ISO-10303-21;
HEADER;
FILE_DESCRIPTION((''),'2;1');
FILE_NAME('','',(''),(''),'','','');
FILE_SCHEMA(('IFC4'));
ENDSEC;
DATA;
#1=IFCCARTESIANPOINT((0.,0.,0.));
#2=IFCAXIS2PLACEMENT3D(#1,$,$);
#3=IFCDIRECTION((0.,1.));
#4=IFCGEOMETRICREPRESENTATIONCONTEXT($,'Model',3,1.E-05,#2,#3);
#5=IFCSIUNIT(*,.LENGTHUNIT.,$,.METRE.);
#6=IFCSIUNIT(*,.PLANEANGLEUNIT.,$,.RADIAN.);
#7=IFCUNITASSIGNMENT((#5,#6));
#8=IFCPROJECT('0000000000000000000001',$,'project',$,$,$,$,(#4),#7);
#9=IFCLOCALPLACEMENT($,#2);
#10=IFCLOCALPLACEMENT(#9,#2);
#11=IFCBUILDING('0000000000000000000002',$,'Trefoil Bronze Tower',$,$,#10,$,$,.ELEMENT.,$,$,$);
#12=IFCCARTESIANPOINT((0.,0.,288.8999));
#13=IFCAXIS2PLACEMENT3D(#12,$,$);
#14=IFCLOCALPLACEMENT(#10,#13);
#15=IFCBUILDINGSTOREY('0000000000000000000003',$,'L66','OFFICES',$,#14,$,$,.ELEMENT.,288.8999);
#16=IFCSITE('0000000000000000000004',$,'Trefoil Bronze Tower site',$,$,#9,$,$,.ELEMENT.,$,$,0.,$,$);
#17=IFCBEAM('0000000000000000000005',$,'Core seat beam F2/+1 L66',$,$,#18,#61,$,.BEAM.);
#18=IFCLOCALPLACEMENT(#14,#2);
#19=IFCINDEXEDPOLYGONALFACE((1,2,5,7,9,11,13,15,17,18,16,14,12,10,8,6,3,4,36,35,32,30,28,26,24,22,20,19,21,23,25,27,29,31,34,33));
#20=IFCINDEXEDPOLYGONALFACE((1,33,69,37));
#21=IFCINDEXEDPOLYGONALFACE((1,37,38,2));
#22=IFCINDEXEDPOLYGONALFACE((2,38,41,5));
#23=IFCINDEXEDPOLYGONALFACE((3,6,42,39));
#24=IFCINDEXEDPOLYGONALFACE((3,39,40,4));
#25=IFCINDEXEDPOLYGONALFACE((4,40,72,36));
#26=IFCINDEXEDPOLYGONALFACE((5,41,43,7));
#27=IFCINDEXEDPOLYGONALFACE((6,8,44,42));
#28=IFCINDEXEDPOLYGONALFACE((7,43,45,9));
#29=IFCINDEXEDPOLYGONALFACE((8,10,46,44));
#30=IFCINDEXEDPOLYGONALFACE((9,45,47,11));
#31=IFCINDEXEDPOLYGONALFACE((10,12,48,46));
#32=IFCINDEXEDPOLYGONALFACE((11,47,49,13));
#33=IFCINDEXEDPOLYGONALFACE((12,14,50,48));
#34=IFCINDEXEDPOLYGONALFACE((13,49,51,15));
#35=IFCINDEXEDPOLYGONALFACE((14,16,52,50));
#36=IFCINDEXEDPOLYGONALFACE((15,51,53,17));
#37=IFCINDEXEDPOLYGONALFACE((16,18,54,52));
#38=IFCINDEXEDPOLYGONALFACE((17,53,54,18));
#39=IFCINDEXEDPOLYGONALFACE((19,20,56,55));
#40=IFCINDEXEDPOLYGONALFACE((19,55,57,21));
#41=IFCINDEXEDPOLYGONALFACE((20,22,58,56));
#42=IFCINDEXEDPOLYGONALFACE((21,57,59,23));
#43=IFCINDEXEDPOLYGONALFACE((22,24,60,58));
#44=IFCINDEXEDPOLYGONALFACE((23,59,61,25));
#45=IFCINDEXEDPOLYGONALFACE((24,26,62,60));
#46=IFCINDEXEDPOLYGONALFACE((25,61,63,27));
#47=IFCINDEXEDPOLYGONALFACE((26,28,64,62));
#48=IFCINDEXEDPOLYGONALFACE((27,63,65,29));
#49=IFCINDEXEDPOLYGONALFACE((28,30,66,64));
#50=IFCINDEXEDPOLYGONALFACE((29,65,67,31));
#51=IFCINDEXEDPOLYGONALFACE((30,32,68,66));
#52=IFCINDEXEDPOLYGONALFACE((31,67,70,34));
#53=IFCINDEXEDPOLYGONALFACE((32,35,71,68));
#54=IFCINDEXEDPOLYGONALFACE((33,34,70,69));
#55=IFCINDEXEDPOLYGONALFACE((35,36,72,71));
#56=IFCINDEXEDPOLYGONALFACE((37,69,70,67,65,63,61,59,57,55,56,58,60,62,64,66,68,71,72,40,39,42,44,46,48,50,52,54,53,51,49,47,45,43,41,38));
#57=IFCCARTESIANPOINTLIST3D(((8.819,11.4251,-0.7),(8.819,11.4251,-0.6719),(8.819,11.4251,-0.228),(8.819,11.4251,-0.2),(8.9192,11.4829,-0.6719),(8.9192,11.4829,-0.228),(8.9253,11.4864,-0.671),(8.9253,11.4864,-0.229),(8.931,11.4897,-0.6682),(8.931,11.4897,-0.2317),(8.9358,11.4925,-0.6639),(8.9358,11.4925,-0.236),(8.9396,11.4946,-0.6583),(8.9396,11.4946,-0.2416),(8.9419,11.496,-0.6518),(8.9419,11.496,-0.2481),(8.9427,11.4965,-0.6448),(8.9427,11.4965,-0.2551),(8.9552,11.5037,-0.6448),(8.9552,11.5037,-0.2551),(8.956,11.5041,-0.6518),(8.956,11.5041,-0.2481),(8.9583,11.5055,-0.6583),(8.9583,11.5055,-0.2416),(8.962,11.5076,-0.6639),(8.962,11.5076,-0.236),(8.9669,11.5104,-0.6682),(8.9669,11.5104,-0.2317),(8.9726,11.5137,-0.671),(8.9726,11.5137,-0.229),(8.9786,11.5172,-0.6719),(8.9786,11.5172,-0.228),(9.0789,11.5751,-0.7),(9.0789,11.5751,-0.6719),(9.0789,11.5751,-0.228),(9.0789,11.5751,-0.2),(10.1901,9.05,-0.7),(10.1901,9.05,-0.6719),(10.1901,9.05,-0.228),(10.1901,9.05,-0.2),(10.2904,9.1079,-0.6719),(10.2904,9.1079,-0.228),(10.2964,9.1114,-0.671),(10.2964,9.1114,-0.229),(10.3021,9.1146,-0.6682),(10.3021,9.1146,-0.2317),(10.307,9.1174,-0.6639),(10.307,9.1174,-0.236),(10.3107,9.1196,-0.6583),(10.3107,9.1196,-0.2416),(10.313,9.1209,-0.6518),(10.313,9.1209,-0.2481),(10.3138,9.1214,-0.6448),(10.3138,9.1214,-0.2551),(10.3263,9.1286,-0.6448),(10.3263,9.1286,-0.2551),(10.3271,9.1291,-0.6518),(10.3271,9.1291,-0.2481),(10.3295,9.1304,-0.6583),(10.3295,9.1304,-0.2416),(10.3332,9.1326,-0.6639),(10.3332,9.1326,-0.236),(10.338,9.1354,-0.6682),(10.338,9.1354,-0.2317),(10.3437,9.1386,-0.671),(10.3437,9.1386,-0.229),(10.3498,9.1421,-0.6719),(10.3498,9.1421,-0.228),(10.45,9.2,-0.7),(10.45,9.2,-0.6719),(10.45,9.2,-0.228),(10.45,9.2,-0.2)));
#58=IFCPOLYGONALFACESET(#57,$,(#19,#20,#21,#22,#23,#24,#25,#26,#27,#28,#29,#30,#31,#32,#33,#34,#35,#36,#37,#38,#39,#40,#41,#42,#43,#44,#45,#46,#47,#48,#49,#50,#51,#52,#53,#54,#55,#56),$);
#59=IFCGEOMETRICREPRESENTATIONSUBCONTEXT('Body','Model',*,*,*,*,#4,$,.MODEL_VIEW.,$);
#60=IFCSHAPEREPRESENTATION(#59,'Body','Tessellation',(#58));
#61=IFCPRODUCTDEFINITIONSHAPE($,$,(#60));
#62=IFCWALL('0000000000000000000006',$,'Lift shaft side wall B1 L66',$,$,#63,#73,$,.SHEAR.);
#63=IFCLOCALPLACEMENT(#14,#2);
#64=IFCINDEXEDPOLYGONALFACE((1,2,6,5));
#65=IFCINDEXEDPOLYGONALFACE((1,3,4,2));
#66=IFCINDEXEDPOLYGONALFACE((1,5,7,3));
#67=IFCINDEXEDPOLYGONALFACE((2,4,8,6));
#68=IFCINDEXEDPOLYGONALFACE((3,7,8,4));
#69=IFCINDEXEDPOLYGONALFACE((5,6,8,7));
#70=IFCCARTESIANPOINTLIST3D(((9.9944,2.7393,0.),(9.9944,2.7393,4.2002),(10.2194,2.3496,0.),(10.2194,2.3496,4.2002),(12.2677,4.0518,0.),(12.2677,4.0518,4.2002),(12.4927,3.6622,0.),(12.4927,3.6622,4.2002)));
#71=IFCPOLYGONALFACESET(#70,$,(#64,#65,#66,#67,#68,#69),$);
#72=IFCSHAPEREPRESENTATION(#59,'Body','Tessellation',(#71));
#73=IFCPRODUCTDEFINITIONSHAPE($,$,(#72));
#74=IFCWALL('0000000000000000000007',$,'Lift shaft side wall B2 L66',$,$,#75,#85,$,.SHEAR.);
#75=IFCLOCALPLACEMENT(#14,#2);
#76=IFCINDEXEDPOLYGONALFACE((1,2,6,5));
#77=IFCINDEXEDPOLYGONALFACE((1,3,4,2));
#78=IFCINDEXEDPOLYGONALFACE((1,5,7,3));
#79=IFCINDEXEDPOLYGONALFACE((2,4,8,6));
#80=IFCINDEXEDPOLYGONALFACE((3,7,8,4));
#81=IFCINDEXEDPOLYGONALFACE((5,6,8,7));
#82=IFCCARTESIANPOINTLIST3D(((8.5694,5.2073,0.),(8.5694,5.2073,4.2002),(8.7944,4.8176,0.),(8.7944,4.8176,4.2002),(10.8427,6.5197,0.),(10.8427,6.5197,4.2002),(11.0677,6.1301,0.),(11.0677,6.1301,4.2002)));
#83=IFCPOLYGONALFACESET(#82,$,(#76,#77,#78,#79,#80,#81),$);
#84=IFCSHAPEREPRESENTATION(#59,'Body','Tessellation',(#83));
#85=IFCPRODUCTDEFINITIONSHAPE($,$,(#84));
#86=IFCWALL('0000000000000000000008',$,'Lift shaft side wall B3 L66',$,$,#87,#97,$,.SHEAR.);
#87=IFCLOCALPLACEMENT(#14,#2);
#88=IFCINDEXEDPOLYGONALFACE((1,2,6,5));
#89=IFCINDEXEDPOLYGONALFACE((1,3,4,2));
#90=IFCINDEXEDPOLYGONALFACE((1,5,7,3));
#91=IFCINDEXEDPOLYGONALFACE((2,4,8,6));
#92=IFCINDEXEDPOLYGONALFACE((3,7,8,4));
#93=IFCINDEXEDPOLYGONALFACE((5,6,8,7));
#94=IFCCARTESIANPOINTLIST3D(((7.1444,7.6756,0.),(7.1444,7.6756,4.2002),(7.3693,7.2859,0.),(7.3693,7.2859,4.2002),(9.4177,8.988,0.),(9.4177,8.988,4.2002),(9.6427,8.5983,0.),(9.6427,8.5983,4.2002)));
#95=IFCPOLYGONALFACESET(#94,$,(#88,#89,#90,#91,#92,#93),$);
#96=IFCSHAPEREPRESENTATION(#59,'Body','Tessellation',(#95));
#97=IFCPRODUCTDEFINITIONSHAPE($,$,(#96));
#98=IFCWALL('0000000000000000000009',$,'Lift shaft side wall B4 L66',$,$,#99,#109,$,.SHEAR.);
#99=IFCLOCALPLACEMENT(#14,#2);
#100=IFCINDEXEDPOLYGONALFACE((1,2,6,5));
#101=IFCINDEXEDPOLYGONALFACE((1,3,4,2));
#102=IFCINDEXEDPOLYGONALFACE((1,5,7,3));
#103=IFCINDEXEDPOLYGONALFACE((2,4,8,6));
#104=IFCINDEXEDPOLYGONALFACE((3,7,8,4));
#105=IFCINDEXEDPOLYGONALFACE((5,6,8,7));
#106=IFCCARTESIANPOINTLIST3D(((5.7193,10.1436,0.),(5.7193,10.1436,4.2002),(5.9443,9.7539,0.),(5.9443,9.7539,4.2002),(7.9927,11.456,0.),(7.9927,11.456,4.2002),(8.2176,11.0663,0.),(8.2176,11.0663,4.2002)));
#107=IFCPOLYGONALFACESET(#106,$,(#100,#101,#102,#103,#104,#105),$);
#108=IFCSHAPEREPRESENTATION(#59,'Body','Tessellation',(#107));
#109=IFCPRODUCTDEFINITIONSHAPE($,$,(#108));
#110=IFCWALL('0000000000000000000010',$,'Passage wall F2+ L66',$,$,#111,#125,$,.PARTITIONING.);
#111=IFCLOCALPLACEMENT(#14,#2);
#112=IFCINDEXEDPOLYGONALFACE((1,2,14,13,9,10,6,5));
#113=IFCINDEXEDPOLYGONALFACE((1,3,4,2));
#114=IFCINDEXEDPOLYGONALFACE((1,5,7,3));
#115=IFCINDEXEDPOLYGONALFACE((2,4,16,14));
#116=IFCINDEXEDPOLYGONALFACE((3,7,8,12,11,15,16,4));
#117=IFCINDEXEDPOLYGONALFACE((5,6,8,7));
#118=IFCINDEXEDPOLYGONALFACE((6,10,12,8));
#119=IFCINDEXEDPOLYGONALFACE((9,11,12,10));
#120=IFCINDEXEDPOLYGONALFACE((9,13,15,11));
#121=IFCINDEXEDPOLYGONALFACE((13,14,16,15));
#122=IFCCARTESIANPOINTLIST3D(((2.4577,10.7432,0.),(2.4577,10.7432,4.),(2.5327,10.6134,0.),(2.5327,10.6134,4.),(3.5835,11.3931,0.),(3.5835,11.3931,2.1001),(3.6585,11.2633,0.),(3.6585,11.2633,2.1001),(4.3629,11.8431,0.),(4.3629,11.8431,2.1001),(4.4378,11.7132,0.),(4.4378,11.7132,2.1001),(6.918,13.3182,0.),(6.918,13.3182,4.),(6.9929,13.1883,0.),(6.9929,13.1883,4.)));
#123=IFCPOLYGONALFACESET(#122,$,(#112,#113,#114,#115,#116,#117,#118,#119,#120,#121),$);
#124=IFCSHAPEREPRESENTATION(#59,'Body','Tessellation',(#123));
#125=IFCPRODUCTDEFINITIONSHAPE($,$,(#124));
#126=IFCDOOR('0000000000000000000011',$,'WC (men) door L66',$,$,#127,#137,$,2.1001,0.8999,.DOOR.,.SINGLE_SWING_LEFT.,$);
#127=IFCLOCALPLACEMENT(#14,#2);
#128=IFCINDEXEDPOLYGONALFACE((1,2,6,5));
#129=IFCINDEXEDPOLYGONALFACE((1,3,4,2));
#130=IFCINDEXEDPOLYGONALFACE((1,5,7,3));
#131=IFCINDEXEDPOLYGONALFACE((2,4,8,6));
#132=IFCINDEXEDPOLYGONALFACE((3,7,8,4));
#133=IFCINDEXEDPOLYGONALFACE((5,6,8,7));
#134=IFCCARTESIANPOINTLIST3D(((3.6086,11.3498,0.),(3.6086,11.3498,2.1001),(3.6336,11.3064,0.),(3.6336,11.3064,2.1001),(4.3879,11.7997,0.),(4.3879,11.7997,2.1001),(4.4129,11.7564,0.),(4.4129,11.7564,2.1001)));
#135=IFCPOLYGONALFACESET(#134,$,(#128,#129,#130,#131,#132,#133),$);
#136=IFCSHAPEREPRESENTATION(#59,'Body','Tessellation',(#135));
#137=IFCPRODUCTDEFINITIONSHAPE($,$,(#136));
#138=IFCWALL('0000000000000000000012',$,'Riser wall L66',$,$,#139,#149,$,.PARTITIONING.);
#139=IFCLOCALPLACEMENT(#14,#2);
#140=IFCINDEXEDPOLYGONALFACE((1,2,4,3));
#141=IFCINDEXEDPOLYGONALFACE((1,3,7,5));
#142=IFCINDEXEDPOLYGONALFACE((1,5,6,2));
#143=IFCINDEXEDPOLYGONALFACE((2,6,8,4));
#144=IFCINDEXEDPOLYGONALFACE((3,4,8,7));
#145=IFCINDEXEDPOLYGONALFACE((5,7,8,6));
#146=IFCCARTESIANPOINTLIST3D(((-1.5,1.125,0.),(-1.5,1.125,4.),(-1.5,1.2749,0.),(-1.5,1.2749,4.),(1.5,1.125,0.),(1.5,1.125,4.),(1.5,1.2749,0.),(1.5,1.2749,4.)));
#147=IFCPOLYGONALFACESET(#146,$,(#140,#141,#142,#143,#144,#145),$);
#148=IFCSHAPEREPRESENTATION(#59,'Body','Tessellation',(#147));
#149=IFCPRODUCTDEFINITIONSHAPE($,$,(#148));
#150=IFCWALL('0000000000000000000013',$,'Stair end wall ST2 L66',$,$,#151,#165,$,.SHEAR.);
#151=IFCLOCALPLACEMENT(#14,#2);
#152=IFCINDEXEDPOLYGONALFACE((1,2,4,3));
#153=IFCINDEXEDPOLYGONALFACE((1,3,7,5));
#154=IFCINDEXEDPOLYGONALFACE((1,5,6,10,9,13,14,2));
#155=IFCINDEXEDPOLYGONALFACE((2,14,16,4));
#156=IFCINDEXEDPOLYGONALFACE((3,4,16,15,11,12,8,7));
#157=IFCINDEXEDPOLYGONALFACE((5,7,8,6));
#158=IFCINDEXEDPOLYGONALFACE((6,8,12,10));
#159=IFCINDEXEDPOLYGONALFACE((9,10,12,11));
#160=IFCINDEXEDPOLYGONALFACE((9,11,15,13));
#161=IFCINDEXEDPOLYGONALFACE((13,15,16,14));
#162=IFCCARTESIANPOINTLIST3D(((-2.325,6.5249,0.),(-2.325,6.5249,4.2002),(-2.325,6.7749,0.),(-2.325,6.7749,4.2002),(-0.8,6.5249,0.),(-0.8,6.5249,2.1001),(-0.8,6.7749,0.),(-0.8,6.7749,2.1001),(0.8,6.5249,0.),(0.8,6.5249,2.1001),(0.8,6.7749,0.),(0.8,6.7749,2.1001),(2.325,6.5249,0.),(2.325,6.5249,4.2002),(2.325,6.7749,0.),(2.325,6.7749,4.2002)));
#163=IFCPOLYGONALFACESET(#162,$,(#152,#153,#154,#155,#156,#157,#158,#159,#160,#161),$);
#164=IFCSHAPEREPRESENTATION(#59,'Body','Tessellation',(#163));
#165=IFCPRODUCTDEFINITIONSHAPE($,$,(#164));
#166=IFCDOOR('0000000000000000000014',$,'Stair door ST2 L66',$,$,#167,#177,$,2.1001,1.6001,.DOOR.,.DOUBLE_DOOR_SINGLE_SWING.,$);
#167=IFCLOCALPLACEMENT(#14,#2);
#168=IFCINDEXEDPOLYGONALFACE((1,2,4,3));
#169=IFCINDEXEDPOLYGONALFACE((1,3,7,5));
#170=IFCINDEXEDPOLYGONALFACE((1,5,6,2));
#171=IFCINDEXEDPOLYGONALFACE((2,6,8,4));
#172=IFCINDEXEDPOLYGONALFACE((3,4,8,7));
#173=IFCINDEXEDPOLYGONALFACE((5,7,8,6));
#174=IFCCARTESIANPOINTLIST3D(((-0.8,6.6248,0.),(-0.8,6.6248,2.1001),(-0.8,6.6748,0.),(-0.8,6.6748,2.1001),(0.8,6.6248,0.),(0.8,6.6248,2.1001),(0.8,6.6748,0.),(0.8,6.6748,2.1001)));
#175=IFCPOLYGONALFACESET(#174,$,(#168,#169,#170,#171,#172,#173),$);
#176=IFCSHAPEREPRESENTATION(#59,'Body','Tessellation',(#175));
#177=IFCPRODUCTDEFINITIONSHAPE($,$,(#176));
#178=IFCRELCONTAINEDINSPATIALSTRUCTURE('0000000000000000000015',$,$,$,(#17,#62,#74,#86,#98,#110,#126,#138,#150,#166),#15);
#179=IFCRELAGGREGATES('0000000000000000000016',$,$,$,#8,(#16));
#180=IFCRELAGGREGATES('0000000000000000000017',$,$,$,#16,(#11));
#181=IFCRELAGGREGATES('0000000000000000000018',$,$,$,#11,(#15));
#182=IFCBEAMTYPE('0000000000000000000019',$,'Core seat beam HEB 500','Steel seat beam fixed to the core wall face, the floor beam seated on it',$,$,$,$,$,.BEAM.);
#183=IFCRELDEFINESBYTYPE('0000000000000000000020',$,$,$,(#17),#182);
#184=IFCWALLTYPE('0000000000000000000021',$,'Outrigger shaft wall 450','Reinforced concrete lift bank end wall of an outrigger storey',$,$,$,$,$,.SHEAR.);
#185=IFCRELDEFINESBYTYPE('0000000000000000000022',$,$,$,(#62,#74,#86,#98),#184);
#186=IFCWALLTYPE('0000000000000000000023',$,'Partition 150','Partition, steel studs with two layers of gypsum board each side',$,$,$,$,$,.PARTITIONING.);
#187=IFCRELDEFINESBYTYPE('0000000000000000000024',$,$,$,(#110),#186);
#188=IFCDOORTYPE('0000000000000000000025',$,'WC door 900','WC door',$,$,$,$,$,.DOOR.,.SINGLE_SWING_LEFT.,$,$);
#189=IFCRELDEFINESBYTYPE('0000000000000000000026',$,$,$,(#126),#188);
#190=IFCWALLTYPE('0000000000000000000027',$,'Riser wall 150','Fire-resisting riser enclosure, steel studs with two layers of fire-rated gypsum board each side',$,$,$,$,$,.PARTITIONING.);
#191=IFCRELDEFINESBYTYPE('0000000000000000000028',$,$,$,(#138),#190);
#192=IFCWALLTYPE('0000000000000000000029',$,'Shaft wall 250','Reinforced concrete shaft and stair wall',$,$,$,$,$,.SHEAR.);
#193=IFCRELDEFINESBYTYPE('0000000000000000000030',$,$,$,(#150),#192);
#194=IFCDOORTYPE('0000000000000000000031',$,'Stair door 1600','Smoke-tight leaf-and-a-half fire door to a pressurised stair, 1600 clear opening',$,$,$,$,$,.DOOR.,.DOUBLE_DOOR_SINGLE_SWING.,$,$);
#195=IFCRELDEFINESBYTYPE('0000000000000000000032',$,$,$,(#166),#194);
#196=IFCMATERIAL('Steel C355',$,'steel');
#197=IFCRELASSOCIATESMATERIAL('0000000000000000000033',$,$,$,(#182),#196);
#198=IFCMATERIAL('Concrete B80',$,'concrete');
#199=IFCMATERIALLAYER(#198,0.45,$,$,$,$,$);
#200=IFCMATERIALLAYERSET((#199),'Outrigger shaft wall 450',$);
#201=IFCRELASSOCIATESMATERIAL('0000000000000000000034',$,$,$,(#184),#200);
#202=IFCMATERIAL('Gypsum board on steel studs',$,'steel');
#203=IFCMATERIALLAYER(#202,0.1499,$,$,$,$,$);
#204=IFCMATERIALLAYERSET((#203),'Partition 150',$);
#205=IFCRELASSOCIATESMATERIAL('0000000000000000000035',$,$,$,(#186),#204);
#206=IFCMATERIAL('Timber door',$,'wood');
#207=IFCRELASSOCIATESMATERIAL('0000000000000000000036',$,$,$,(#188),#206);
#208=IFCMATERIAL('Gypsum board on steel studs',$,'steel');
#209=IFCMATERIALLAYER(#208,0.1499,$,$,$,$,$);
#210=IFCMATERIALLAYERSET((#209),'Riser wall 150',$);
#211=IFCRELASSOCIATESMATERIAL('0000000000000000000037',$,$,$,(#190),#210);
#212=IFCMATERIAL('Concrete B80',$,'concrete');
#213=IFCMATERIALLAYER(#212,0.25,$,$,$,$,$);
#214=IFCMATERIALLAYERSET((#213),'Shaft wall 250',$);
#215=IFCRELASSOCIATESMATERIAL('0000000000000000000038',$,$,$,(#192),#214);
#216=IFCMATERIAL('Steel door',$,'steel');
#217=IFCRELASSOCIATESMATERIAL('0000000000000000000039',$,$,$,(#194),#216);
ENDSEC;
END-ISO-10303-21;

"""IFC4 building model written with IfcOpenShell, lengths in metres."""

from ifc_helpers import new_model, si_unit, direction, frame, frame_2d, origin, origin_2d, place, context, subcontext, project, spatial, rectangle, i_section, extrude, material, layer, layer_set, material_profile, profile_set, type_object, element, fill, save


model = new_model("IFC4")

# Units and contexts
model_context = context("Model", 3, precision=1e-05, world=origin(), true_north=direction((0.0, 1.0)))
body_context = subcontext(model_context, "Body", "Model", "MODEL_VIEW")
ifc_project = project(units=[si_unit("LENGTHUNIT", "METRE"), si_unit("PLANEANGLEUNIT", "RADIAN")], contexts=[model_context])

# Site, building, storey
site_placement = place(None, origin())
site = spatial("IfcSite", under=ifc_project, at=site_placement, Name="Trefoil Bronze Tower site", CompositionType="ELEMENT", RefElevation=0.0)
building_placement = place(site_placement, origin())
building = spatial("IfcBuilding", under=site, at=building_placement, Name="Trefoil Bronze Tower", CompositionType="ELEMENT")
storey_placement = place(building_placement, frame((0.0, 0.0, 288.8999)))
storey = spatial("IfcBuildingStorey", under=building, at=storey_placement, Name="L66", Description="OFFICES", CompositionType="ELEMENT", Elevation=288.8999)

# Beam
ifc_material_1 = material(Name="Steel C355", Category="steel")
ifc_material_profile = material_profile(ifc_material_1, i_section(OverallWidth=0.3, OverallDepth=0.5, WebThickness=0.0144, FlangeThickness=0.0281, FilletRadius=0.0271, at=origin_2d()), Name="HEB 500")
ifc_profile_set = profile_set([ifc_material_profile], Name="Steel C355")
beam_type = type_object("IfcBeamType", Name="Core seat beam HEB 500", Description="Steel seat beam fixed to the core wall face, the floor beam seated on it", PredefinedType="BEAM", material=ifc_profile_set)
beam_placement = place(storey_placement, frame((10.3201, 9.125, -0.45), z_axis=(-0.499969, 0.866043, 0.0), x_axis=(-0.866043, -0.499969, 0.0)))
element("IfcBeam", 1, at=beam_placement, inside=storey, type_object=beam_type, Name="Core seat beam F2/+1 L66", PredefinedType="BEAM", context=body_context, shape_type="SweptSolid", body=[
    extrude(i_section(OverallWidth=0.3, OverallDepth=0.5, WebThickness=0.0144, FlangeThickness=0.0281, FilletRadius=0.0271, at=origin_2d()), origin(), (0.0, 0.0, 1.0), 2.7424),
])

# Walls
ifc_material_2 = material(Name="Concrete B80", Category="concrete")
ifc_layer_1 = layer(ifc_material_2, 0.45)
ifc_layer_set_1 = layer_set([ifc_layer_1], Name="Outrigger shaft wall 450")
wall_type_1 = type_object("IfcWallType", Name="Outrigger shaft wall 450", Description="Reinforced concrete lift bank end wall of an outrigger storey", PredefinedType="SHEAR", material=ifc_layer_set_1)
for number, where, z_axis, x_axis, name in (
    (2, (10.1069, 2.5444, 0.0), (0.0, 0.0, 1.0), (0.866014, 0.50002, 0.0), "Lift shaft side wall B1 L66"),
    (3, (8.6819, 5.0125, 0.0), (0.0, 0.0, 1.0), (0.866037, 0.49998, 0.0), "Lift shaft side wall B2 L66"),
    (4, (7.2568, 7.4807, 0.0), (0.0, 0.0, 1.0), (0.866037, 0.49998, 0.0), "Lift shaft side wall B3 L66"),
    (5, (5.8318, 9.9487, 0.0), (0.0, 0.0, 1.0), (0.866037, 0.49998, 0.0), "Lift shaft side wall B4 L66"),
):
    element("IfcWall", number, at=place(storey_placement, frame(where, z_axis=z_axis, x_axis=x_axis)), inside=storey, type_object=wall_type_1, Name=name, PredefinedType="SHEAR", context=body_context, shape_type="SweptSolid", body=[
        extrude(rectangle(XDim=2.625, YDim=0.45, at=frame_2d((1.3125, 0.0))), origin(), (0.0, 0.0, 1.0), 4.2002),
    ])

# Wall, opening, door
ifc_material_3 = material(Name="Gypsum board on steel studs", Category="steel")
ifc_layer_2 = layer(ifc_material_3, 0.1499)
ifc_layer_set_2 = layer_set([ifc_layer_2], Name="Partition 150")
wall_type_2 = type_object("IfcWallType", Name="Partition 150", Description="Partition, steel studs with two layers of gypsum board each side", PredefinedType="PARTITIONING", material=ifc_layer_set_2)
wall_1_placement = place(storey_placement, frame((2.4951, 10.6782, 0.0), z_axis=(0.0, 0.0, 1.0), x_axis=(0.866038, 0.499978, 0.0)))
wall_1 = element("IfcWall", 6, at=wall_1_placement, inside=storey, type_object=wall_type_2, Name="Passage wall F2+ L66", PredefinedType="PARTITIONING", context=body_context, shape_type="SweptSolid", body=[
    extrude(rectangle(XDim=5.1501, YDim=0.1499, at=frame_2d((2.5752, 0.0))), origin(), (0.0, 0.0, 1.0), 4.0),
])
opening_1_placement = place(wall_1_placement, frame((1.3, 0.0, 0.0)))
opening_1 = element("IfcOpeningElement", 7, at=opening_1_placement, cuts=wall_1, PredefinedType="OPENING", context=body_context, shape_type="SweptSolid", body=[
    extrude(rectangle(XDim=0.8999, YDim=2.1001, at=frame_2d((0.45, 1.05))), frame((0.0, 0.085, 0.0), z_axis=(0.0, -1.0, 0.0), x_axis=(1.0, 0.0, 0.0)), (0.0, 0.0, 1.0), 0.1699),
])
ifc_material_4 = material(Name="Timber door", Category="wood")
door_type_1 = type_object("IfcDoorType", Name="WC door 900", Description="WC door", OperationType="SINGLE_SWING_LEFT", PredefinedType="DOOR", material=ifc_material_4)
door_1_placement = place(opening_1_placement, origin())
door_1 = element("IfcDoor", 8, at=door_1_placement, inside=storey, type_object=door_type_1, Name="WC (men) door L66", OperationType="SINGLE_SWING_LEFT", OverallHeight=2.1001, OverallWidth=0.8999, PredefinedType="DOOR", context=body_context, shape_type="SweptSolid", body=[
    extrude(rectangle(XDim=0.8999, YDim=2.1001, at=frame_2d((0.45, 1.05))), frame((0.0, 0.0249, 0.0), z_axis=(0.0, -1.0, 0.0), x_axis=(1.0, 0.0, 0.0)), (0.0, 0.0, 1.0), 0.05),
])
fill(opening_1, door_1)

# Wall
ifc_material_5 = material(Name="Gypsum board on steel studs", Category="steel")
ifc_layer_3 = layer(ifc_material_5, 0.1499)
ifc_layer_set_3 = layer_set([ifc_layer_3], Name="Riser wall 150")
wall_type_3 = type_object("IfcWallType", Name="Riser wall 150", Description="Fire-resisting riser enclosure, steel studs with two layers of fire-rated gypsum board each side", PredefinedType="PARTITIONING", material=ifc_layer_set_3)
wall_2_placement = place(storey_placement, frame((1.5, 1.2, 0.0), z_axis=(0.0, 0.0, 1.0), x_axis=(-1.0, 0.0, 0.0)))
element("IfcWall", 9, at=wall_2_placement, inside=storey, type_object=wall_type_3, Name="Riser wall L66", PredefinedType="PARTITIONING", context=body_context, shape_type="SweptSolid", body=[
    extrude(rectangle(XDim=3.0, YDim=0.1499, at=frame_2d((1.5, 0.0))), origin(), (0.0, 0.0, 1.0), 4.0),
])

# Wall, opening, door
ifc_material_6 = material(Name="Concrete B80", Category="concrete")
ifc_layer_4 = layer(ifc_material_6, 0.25)
ifc_layer_set_4 = layer_set([ifc_layer_4], Name="Shaft wall 250")
wall_type_4 = type_object("IfcWallType", Name="Shaft wall 250", Description="Reinforced concrete shaft and stair wall", PredefinedType="SHEAR", material=ifc_layer_set_4)
wall_3_placement = place(storey_placement, frame((2.325, 6.6499, 0.0), z_axis=(0.0, 0.0, 1.0), x_axis=(-1.0, 0.0, 0.0)))
wall_3 = element("IfcWall", 10, at=wall_3_placement, inside=storey, type_object=wall_type_4, Name="Stair end wall ST2 L66", PredefinedType="SHEAR", context=body_context, shape_type="SweptSolid", body=[
    extrude(rectangle(XDim=4.6499, YDim=0.25, at=frame_2d((2.325, 0.0))), origin(), (0.0, 0.0, 1.0), 4.2002),
])
opening_2_placement = place(wall_3_placement, frame((1.5249, 0.0, 0.0)))
opening_2 = element("IfcOpeningElement", 11, at=opening_2_placement, cuts=wall_3, PredefinedType="OPENING", context=body_context, shape_type="SweptSolid", body=[
    extrude(rectangle(XDim=1.6001, YDim=2.1001, at=frame_2d((0.8, 1.05))), frame((0.0, 0.135, 0.0), z_axis=(0.0, -1.0, 0.0), x_axis=(1.0, 0.0, 0.0)), (0.0, 0.0, 1.0), 0.27),
])
ifc_material_7 = material(Name="Steel door", Category="steel")
door_type_2 = type_object("IfcDoorType", Name="Stair door 1600", Description="Smoke-tight leaf-and-a-half fire door to a pressurised stair, 1600 clear opening", OperationType="DOUBLE_DOOR_SINGLE_SWING", PredefinedType="DOOR", material=ifc_material_7)
door_2_placement = place(opening_2_placement, frame((1.6001, 0.0, 0.0), z_axis=(0.0, 0.0, 1.0), x_axis=(-1.0, 0.0, 0.0)))
door_2 = element("IfcDoor", 12, at=door_2_placement, inside=storey, type_object=door_type_2, Name="Stair door ST2 L66", OperationType="DOUBLE_DOOR_SINGLE_SWING", OverallHeight=2.1001, OverallWidth=1.6001, PredefinedType="DOOR", context=body_context, shape_type="SweptSolid", body=[
    extrude(rectangle(XDim=1.6001, YDim=2.1001, at=frame_2d((0.8, 1.05))), frame((0.0, 0.0249, 0.0), z_axis=(0.0, -1.0, 0.0), x_axis=(1.0, 0.0, 0.0)), (0.0, 0.0, 1.0), 0.05),
])
fill(opening_2, door_2)

save(model, "model.ifc")
